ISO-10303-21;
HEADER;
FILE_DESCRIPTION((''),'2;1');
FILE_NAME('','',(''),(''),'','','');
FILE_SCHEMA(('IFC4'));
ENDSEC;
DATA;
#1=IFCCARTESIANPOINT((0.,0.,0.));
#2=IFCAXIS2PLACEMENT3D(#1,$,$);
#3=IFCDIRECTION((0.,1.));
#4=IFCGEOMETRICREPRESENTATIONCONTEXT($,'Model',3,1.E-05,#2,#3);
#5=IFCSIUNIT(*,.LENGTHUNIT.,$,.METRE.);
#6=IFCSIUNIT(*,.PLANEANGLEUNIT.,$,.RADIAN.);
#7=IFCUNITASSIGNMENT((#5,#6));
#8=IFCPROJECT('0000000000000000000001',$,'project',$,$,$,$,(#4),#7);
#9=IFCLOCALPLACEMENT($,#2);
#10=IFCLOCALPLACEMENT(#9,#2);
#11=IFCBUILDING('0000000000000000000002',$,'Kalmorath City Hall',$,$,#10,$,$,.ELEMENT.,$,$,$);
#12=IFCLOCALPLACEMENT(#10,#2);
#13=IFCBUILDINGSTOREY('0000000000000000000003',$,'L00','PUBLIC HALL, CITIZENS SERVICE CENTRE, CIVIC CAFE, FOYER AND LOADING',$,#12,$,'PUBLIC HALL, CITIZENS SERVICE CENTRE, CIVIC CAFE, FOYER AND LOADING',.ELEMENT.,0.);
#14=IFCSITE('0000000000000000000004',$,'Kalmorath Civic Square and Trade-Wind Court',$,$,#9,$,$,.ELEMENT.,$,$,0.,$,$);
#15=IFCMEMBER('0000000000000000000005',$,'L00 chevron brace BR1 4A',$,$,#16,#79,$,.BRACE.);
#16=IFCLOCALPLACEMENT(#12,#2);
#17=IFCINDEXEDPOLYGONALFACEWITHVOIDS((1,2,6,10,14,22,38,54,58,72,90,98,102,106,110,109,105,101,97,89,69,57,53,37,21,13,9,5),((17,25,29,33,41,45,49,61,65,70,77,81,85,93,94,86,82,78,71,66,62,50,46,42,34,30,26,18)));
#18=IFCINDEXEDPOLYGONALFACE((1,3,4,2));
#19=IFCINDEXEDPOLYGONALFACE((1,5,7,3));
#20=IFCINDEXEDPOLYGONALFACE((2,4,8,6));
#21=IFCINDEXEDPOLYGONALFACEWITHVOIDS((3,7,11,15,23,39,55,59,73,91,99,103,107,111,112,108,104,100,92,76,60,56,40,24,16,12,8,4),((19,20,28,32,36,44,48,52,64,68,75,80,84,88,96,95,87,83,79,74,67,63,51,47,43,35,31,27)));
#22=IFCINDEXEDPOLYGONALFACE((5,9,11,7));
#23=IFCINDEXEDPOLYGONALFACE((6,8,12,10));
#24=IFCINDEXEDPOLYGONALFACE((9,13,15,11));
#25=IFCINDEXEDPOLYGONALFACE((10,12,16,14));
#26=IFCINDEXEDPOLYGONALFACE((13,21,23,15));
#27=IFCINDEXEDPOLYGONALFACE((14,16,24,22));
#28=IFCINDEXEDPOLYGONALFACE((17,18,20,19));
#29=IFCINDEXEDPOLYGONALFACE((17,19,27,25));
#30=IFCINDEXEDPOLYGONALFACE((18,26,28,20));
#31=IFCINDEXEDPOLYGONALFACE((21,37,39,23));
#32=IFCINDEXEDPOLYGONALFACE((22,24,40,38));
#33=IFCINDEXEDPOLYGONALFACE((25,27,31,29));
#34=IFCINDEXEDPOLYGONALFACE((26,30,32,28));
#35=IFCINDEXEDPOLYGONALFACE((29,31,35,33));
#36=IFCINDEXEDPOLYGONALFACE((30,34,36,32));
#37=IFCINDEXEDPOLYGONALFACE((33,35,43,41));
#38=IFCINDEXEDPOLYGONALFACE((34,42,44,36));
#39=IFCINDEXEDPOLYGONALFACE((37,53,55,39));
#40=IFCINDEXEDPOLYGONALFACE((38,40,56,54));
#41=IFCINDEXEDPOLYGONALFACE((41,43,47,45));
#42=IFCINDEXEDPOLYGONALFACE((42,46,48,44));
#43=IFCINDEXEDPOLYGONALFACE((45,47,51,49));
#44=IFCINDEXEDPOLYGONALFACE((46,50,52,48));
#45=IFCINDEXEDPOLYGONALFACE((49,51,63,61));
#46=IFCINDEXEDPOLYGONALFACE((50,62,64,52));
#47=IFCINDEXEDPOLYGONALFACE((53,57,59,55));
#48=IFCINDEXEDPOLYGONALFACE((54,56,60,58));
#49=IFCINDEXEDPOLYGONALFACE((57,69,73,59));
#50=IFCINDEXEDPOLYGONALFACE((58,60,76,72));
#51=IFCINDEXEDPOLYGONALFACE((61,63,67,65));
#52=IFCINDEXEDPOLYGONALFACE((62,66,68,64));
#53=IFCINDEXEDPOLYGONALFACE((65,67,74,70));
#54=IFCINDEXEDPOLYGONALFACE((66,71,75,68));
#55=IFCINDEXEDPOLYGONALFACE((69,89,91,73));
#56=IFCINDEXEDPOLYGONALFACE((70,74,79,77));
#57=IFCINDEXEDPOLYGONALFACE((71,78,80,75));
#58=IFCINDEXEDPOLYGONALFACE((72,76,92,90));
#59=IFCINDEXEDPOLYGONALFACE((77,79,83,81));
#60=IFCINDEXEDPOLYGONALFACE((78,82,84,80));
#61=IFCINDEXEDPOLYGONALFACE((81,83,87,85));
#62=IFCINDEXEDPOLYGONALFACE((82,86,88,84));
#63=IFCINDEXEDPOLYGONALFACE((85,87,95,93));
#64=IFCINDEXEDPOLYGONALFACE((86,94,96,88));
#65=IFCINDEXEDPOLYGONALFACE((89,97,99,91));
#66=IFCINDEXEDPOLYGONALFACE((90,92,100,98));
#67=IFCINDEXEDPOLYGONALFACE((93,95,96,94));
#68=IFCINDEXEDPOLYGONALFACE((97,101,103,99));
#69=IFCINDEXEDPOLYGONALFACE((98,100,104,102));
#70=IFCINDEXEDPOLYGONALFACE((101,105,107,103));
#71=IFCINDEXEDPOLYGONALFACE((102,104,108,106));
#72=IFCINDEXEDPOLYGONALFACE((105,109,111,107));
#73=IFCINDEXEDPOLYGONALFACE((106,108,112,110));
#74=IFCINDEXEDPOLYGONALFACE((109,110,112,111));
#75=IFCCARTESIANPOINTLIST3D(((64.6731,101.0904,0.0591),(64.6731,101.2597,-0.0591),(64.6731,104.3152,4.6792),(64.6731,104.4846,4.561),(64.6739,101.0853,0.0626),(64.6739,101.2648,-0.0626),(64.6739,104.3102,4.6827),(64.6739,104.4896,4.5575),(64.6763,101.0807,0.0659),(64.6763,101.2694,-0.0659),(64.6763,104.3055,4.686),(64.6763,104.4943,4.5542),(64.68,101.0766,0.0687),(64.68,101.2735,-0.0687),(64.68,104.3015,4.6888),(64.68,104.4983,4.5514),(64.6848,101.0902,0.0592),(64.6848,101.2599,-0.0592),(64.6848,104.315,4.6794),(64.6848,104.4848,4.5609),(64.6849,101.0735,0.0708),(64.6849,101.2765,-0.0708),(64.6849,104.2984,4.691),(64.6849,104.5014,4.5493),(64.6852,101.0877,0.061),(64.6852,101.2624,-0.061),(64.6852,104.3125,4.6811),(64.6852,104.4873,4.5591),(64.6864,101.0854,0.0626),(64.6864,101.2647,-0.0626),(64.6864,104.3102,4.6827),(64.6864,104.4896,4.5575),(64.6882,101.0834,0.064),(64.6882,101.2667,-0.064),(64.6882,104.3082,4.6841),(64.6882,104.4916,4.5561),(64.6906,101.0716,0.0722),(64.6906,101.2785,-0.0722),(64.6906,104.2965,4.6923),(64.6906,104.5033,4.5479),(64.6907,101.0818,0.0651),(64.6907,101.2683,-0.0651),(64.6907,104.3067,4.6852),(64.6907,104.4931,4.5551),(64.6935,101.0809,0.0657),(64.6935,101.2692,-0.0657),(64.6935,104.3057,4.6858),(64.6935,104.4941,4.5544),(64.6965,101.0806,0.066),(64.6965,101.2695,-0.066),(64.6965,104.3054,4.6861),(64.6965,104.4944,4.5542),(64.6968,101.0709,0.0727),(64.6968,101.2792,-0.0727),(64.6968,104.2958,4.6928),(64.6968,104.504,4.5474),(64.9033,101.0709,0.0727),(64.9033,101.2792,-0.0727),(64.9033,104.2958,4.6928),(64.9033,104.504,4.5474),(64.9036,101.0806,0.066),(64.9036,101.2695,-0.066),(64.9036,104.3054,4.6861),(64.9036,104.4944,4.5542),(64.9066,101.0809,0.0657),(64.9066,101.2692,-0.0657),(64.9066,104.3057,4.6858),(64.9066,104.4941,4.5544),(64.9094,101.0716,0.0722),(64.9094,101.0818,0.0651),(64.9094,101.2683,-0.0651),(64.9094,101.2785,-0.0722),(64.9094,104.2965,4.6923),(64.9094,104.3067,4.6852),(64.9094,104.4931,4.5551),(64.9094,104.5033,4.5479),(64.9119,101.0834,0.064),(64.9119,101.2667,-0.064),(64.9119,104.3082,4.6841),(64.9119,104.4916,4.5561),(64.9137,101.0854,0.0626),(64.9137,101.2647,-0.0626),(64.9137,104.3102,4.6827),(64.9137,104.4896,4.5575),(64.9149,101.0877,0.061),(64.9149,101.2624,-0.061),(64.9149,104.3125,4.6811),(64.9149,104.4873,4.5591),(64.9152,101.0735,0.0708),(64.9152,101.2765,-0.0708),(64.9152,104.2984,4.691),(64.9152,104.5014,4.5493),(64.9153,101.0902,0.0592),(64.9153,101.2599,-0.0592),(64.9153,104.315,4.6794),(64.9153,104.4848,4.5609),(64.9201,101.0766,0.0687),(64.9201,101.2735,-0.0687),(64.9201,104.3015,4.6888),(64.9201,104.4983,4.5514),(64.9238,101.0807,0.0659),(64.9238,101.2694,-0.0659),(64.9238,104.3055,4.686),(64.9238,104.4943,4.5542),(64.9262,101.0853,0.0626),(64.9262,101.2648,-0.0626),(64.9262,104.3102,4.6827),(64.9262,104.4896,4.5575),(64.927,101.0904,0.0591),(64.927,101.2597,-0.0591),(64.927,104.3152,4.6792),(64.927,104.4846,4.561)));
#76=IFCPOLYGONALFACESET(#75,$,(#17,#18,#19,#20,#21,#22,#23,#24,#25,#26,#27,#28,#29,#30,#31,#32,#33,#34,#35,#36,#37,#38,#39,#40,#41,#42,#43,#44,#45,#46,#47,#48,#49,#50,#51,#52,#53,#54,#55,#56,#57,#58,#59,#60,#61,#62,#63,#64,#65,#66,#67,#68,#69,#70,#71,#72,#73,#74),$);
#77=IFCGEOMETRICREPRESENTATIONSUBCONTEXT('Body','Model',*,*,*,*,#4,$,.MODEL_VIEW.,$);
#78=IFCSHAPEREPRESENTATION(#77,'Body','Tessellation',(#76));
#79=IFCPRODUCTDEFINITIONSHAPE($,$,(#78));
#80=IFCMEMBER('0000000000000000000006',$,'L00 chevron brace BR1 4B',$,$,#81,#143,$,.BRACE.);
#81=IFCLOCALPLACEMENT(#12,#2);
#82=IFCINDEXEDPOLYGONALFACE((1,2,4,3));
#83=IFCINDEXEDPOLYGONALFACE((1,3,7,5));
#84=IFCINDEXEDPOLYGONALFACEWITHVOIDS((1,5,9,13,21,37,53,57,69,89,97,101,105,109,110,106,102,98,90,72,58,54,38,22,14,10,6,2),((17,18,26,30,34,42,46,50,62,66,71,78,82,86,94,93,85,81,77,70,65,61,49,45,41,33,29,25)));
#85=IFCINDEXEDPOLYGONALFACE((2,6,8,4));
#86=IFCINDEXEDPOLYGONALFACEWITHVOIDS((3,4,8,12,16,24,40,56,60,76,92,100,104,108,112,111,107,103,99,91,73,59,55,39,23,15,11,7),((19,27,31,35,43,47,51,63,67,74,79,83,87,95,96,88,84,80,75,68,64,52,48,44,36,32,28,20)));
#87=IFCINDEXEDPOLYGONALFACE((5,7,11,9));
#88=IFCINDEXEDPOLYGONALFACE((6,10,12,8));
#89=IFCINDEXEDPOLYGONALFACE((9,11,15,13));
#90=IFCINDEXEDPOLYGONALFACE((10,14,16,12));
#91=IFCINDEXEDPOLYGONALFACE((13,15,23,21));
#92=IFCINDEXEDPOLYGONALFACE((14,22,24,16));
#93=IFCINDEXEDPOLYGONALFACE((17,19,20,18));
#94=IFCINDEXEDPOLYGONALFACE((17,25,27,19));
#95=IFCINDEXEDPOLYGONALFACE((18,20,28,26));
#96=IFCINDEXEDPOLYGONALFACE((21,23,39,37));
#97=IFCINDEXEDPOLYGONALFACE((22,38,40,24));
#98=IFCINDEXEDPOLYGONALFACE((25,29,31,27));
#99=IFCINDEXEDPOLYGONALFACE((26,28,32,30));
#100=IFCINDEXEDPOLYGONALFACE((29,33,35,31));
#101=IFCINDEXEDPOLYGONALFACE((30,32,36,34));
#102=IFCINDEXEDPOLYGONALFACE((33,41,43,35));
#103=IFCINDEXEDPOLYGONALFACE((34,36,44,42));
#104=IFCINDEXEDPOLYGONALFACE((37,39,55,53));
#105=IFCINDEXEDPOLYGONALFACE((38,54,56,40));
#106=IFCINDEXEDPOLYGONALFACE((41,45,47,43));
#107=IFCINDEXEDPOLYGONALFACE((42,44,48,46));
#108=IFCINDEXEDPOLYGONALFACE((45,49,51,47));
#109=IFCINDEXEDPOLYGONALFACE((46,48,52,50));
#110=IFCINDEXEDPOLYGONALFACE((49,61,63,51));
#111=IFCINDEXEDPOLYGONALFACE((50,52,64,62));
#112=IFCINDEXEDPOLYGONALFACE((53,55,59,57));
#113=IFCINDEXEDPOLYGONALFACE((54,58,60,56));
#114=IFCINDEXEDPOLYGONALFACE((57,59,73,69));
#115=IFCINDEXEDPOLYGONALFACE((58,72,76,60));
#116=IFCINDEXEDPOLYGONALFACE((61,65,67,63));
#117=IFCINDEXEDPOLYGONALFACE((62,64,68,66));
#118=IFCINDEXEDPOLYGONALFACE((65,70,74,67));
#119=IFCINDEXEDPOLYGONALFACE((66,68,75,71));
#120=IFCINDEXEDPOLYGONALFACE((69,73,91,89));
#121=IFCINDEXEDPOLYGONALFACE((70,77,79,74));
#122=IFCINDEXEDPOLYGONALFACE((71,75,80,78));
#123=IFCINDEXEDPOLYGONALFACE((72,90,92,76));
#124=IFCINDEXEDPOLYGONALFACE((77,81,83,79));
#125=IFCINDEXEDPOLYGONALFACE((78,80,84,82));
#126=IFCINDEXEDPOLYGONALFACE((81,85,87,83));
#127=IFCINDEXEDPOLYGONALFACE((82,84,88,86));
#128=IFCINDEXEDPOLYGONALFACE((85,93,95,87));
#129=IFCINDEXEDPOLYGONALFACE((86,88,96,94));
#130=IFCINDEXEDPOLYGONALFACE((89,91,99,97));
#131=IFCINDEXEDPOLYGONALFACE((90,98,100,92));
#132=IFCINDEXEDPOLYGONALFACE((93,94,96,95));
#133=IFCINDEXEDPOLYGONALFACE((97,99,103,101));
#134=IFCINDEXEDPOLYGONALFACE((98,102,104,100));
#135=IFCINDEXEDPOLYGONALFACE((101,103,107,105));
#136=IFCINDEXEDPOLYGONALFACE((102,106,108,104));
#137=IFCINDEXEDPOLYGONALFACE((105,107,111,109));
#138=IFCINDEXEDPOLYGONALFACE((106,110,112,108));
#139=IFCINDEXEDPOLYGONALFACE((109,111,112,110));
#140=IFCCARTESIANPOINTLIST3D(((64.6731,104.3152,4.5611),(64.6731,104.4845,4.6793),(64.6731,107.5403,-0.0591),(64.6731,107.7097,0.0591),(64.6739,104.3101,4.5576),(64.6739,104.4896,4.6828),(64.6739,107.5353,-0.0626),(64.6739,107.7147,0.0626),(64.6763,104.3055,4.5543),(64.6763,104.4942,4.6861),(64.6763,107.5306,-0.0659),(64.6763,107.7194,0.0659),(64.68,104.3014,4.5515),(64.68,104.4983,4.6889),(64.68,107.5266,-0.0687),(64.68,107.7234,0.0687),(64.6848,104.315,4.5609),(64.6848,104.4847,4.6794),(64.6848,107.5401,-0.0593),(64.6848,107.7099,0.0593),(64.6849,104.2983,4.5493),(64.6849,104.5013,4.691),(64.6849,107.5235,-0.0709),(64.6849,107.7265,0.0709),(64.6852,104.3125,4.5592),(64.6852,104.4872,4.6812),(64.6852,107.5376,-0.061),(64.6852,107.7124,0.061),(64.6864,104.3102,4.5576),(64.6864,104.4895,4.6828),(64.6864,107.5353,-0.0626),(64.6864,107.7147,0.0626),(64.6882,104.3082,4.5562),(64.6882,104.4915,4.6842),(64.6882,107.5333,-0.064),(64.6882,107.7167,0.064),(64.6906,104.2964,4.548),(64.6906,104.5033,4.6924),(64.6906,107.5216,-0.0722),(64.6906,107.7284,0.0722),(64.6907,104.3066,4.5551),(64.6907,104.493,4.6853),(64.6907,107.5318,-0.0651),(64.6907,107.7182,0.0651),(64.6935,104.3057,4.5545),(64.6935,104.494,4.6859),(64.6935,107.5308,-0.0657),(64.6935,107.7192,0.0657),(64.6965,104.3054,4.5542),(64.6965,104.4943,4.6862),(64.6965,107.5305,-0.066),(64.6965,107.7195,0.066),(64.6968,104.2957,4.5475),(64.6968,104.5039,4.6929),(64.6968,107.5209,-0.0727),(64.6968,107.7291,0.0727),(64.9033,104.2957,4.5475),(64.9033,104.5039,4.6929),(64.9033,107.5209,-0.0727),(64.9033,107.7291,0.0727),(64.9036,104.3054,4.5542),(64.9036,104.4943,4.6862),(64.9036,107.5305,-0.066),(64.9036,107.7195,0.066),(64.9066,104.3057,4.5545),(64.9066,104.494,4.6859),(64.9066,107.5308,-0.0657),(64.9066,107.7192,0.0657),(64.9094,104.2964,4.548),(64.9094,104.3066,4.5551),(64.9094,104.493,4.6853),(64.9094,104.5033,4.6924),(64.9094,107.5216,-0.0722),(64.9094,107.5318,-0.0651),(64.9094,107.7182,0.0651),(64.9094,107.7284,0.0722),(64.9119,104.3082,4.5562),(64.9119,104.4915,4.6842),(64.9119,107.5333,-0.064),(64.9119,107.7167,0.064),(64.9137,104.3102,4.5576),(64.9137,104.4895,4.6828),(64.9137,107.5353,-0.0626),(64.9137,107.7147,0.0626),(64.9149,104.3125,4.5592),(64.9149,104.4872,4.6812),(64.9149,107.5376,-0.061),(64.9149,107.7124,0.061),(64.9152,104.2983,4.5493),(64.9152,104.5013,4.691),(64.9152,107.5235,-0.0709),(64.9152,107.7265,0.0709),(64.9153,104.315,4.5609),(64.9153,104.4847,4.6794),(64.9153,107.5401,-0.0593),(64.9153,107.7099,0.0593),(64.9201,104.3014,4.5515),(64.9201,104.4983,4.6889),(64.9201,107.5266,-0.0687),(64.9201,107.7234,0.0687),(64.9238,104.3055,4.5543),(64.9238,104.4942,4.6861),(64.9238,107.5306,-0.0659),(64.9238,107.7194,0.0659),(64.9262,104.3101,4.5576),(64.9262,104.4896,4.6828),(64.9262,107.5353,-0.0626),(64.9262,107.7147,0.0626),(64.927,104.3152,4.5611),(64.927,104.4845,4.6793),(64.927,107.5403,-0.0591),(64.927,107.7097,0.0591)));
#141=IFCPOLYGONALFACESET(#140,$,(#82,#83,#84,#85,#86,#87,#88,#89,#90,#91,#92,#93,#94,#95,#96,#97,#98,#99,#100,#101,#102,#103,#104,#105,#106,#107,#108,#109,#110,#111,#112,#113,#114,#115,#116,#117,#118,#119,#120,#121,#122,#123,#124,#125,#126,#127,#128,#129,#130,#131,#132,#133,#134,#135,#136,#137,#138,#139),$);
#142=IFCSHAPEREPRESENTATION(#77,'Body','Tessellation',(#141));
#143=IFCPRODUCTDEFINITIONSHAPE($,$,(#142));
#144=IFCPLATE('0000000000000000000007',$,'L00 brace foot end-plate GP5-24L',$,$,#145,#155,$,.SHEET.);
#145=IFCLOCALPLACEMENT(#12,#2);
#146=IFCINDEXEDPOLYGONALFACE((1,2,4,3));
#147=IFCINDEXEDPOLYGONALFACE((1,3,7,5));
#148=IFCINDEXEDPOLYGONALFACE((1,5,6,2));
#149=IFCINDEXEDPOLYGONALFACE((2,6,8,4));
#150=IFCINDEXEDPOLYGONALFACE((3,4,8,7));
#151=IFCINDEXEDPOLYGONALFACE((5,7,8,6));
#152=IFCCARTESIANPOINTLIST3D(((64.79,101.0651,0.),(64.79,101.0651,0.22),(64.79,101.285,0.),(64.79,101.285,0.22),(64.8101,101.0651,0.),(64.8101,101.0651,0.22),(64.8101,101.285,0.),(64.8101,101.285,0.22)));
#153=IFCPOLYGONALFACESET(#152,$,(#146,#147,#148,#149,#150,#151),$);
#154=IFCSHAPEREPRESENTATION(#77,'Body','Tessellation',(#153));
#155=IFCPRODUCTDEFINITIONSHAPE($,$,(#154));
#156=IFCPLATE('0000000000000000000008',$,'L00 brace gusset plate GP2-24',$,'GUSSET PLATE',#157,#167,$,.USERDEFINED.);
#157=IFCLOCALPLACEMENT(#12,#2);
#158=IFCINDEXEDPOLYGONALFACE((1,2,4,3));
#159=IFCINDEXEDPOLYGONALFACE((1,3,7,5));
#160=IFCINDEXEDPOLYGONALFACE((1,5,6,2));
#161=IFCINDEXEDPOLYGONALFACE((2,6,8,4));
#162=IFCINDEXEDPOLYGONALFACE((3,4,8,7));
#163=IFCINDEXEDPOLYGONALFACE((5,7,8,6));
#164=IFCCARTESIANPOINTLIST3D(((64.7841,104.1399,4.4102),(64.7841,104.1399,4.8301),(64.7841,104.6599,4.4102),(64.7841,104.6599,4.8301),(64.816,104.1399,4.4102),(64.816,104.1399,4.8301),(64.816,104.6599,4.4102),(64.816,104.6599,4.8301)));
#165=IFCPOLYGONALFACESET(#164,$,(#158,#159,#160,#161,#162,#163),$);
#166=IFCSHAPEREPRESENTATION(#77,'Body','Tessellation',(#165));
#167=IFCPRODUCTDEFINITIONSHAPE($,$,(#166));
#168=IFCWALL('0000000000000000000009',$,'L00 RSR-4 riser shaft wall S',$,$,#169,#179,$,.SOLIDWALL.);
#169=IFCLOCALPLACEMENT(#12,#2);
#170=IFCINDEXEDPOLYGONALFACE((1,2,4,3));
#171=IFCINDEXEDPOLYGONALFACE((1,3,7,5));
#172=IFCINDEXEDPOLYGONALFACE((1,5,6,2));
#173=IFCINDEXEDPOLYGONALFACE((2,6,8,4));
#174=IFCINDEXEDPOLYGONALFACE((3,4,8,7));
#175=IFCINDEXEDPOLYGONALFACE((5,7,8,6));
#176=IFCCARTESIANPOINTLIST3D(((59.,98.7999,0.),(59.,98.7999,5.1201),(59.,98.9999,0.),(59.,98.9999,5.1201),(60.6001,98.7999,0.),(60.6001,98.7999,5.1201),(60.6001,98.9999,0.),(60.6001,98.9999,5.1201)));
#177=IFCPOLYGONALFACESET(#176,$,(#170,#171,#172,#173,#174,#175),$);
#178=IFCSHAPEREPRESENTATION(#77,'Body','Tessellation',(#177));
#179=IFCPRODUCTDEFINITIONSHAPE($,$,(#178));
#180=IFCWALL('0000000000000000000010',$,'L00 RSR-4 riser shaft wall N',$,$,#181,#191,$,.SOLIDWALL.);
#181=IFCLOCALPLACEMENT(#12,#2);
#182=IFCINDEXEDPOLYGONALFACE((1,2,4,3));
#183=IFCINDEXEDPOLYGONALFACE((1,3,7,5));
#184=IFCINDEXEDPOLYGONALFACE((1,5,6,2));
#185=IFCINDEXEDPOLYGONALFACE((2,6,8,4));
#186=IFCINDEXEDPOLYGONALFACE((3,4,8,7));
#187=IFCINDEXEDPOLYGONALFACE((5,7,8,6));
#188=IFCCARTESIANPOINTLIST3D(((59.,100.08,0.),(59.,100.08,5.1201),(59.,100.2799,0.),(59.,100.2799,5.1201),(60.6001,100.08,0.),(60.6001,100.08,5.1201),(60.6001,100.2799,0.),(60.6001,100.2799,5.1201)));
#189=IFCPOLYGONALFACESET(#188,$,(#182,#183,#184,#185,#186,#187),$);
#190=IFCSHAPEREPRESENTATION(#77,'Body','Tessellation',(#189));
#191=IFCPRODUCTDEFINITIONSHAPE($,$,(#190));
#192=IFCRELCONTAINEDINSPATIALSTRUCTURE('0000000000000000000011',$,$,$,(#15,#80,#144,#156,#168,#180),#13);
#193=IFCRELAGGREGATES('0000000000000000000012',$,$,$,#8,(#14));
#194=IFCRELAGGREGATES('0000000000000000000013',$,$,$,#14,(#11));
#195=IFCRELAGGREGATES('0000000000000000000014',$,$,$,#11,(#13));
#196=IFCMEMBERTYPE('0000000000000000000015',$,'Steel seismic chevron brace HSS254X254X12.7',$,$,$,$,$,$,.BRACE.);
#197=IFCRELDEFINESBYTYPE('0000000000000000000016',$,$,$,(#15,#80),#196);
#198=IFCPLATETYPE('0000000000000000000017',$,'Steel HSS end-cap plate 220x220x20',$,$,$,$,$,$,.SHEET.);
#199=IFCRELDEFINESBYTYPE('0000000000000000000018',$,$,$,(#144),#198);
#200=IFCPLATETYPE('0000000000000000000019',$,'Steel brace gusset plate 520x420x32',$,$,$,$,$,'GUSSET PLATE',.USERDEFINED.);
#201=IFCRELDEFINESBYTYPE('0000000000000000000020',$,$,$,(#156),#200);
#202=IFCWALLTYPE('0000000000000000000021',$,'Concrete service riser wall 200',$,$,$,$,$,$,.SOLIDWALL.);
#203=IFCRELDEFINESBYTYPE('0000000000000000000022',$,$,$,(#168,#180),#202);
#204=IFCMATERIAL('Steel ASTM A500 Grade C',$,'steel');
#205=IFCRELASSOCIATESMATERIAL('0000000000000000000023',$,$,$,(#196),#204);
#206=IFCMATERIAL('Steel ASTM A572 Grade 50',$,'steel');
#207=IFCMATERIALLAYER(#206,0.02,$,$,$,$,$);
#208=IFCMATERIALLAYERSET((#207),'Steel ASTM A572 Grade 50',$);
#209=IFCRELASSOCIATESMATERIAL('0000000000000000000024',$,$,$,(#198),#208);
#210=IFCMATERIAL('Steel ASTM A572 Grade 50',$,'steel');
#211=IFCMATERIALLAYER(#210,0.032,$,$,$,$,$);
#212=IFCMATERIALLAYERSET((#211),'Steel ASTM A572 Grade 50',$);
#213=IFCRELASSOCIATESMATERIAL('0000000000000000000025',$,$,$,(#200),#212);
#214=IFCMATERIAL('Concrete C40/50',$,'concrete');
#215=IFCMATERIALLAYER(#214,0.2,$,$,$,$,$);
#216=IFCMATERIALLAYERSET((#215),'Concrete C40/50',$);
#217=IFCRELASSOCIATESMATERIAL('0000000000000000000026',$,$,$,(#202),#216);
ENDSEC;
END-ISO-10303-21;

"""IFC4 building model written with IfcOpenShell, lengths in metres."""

from ifc_helpers import new_model, si_unit, direction, frame, frame_2d, origin, origin_2d, place, context, subcontext, project, spatial, rectangle, hollow_rectangle, extrude, material, layer, layer_set, material_profile, profile_set, type_object, element, save


model = new_model("IFC4")

# Units and contexts
model_context = context("Model", 3, precision=1e-05, world=origin(), true_north=direction((0.0, 1.0)))
body_context = subcontext(model_context, "Body", "Model", "MODEL_VIEW")
ifc_project = project(units=[si_unit("LENGTHUNIT", "METRE"), si_unit("PLANEANGLEUNIT", "RADIAN")], contexts=[model_context])

# Site, building, storey
site_placement = place(None, origin())
site = spatial("IfcSite", under=ifc_project, at=site_placement, Name="Kalmorath Civic Square and Trade-Wind Court", CompositionType="ELEMENT", RefElevation=0.0)
building_placement = place(site_placement, origin())
building = spatial("IfcBuilding", under=site, at=building_placement, Name="Kalmorath City Hall", CompositionType="ELEMENT")
storey_placement = place(building_placement, origin())
storey = spatial("IfcBuildingStorey", under=building, at=storey_placement, Name="L00", Description="PUBLIC HALL, CITIZENS SERVICE CENTRE, CIVIC CAFE, FOYER AND LOADING", LongName="PUBLIC HALL, CITIZENS SERVICE CENTRE, CIVIC CAFE, FOYER AND LOADING", CompositionType="ELEMENT", Elevation=0.0)

# Members
ifc_material_1 = material(Name="Steel ASTM A500 Grade C", Category="steel")
ifc_material_profile_1 = material_profile(ifc_material_1, hollow_rectangle(XDim=0.2539, YDim=0.2539, WallThickness=0.0117, InnerFilletRadius=0.0117, OuterFilletRadius=0.0237, at=origin_2d()), Name="HSS254X254X12.7")
ifc_profile_set_1 = profile_set([ifc_material_profile_1], Name="Steel ASTM A500 Grade C")
member_type = type_object("IfcMemberType", Name="Steel seismic chevron brace HSS254X254X12.7", PredefinedType="BRACE", material=ifc_profile_set_1)
member_1_placement = place(storey_placement, frame((64.8, 101.175, 0.0), z_axis=(0.0, 0.572363, 0.820001), x_axis=(-1.0, 0.0, 0.0)))
element("IfcMember", 1, at=member_1_placement, inside=storey, type_object=member_type, Name="L00 chevron brace BR1 4A", PredefinedType="BRACE", context=body_context, shape_type="SweptSolid", body=[
    extrude(hollow_rectangle(XDim=0.2539, YDim=0.2539, WallThickness=0.0117, InnerFilletRadius=0.0117, OuterFilletRadius=0.0237, at=origin_2d()), origin(), (0.0, 0.0, 1.0), 5.6343),
])
member_2_placement = place(storey_placement, frame((64.8, 107.625, 0.0), z_axis=(0.0, -0.572392, 0.81998), x_axis=(1.0, 0.0, 0.0)))
element("IfcMember", 2, at=member_2_placement, inside=storey, type_object=member_type, Name="L00 chevron brace BR1 4B", PredefinedType="BRACE", context=body_context, shape_type="SweptSolid", body=[
    extrude(hollow_rectangle(XDim=0.2539, YDim=0.2539, WallThickness=0.0117, InnerFilletRadius=0.0117, OuterFilletRadius=0.0237, at=origin_2d()), origin(), (0.0, 0.0, 1.0), 5.6345),
])

# Plates
ifc_material_2 = material(Name="Steel ASTM A572 Grade 50", Category="steel")
ifc_layer_1 = layer(ifc_material_2, 0.02)
ifc_layer_set_1 = layer_set([ifc_layer_1], Name="Steel ASTM A572 Grade 50")
plate_type_1 = type_object("IfcPlateType", Name="Steel HSS end-cap plate 220x220x20", PredefinedType="SHEET", material=ifc_layer_set_1)
plate_1_placement = place(storey_placement, frame((64.8, 101.175, 0.0), z_axis=(0.0, 0.0, 1.0), x_axis=(0.0, 1.0, 0.0)))
element("IfcPlate", 3, at=plate_1_placement, inside=storey, type_object=plate_type_1, Name="L00 brace foot end-plate GP5-24L", PredefinedType="SHEET", context=body_context, shape_type="SweptSolid", body=[
    extrude(rectangle(XDim=0.22, YDim=0.02, at=origin_2d()), origin(), (0.0, 0.0, 1.0), 0.22),
])
ifc_material_3 = material(Name="Steel ASTM A572 Grade 50", Category="steel")
ifc_layer_2 = layer(ifc_material_3, 0.032)
ifc_layer_set_2 = layer_set([ifc_layer_2], Name="Steel ASTM A572 Grade 50")
plate_type_2 = type_object("IfcPlateType", Name="Steel brace gusset plate 520x420x32", ElementType="GUSSET PLATE", PredefinedType="USERDEFINED", material=ifc_layer_set_2)
plate_2_placement = place(storey_placement, frame((64.8, 104.3999, 4.4102), z_axis=(0.0, 0.0, 1.0), x_axis=(0.0, 1.0, 0.0)))
element("IfcPlate", 4, at=plate_2_placement, inside=storey, type_object=plate_type_2, Name="L00 brace gusset plate GP2-24", ObjectType="GUSSET PLATE", PredefinedType="USERDEFINED", context=body_context, shape_type="SweptSolid", body=[
    extrude(rectangle(XDim=0.52, YDim=0.032, at=origin_2d()), origin(), (0.0, 0.0, 1.0), 0.4199),
])

# Walls
ifc_material_4 = material(Name="Concrete C40/50", Category="concrete")
ifc_layer_3 = layer(ifc_material_4, 0.2)
ifc_layer_set_3 = layer_set([ifc_layer_3], Name="Concrete C40/50")
wall_type_1 = type_object("IfcWallType", Name="Concrete service riser wall 200", PredefinedType="SOLIDWALL", material=ifc_layer_set_3)
for number, where, z_axis, x_axis, name in (
    (5, (59.0, 98.8999, 0.0), (0.0, 0.0, 1.0), (1.0, 0.0, 0.0), "L00 RSR-4 riser shaft wall S"),
    (6, (60.6001, 100.1799, 0.0), (0.0, 0.0, 1.0), (-1.0, 0.0, 0.0), "L00 RSR-4 riser shaft wall N"),
):
    element("IfcWall", number, at=place(storey_placement, frame(where, z_axis=z_axis, x_axis=x_axis)), inside=storey, type_object=wall_type_1, Name=name, PredefinedType="SOLIDWALL", context=body_context, shape_type="SweptSolid", body=[
        extrude(rectangle(XDim=1.6001, YDim=0.2, at=frame_2d((0.8, 0.0))), origin(), (0.0, 0.0, 1.0), 5.1201),
    ])

save(model, "model.ifc")
